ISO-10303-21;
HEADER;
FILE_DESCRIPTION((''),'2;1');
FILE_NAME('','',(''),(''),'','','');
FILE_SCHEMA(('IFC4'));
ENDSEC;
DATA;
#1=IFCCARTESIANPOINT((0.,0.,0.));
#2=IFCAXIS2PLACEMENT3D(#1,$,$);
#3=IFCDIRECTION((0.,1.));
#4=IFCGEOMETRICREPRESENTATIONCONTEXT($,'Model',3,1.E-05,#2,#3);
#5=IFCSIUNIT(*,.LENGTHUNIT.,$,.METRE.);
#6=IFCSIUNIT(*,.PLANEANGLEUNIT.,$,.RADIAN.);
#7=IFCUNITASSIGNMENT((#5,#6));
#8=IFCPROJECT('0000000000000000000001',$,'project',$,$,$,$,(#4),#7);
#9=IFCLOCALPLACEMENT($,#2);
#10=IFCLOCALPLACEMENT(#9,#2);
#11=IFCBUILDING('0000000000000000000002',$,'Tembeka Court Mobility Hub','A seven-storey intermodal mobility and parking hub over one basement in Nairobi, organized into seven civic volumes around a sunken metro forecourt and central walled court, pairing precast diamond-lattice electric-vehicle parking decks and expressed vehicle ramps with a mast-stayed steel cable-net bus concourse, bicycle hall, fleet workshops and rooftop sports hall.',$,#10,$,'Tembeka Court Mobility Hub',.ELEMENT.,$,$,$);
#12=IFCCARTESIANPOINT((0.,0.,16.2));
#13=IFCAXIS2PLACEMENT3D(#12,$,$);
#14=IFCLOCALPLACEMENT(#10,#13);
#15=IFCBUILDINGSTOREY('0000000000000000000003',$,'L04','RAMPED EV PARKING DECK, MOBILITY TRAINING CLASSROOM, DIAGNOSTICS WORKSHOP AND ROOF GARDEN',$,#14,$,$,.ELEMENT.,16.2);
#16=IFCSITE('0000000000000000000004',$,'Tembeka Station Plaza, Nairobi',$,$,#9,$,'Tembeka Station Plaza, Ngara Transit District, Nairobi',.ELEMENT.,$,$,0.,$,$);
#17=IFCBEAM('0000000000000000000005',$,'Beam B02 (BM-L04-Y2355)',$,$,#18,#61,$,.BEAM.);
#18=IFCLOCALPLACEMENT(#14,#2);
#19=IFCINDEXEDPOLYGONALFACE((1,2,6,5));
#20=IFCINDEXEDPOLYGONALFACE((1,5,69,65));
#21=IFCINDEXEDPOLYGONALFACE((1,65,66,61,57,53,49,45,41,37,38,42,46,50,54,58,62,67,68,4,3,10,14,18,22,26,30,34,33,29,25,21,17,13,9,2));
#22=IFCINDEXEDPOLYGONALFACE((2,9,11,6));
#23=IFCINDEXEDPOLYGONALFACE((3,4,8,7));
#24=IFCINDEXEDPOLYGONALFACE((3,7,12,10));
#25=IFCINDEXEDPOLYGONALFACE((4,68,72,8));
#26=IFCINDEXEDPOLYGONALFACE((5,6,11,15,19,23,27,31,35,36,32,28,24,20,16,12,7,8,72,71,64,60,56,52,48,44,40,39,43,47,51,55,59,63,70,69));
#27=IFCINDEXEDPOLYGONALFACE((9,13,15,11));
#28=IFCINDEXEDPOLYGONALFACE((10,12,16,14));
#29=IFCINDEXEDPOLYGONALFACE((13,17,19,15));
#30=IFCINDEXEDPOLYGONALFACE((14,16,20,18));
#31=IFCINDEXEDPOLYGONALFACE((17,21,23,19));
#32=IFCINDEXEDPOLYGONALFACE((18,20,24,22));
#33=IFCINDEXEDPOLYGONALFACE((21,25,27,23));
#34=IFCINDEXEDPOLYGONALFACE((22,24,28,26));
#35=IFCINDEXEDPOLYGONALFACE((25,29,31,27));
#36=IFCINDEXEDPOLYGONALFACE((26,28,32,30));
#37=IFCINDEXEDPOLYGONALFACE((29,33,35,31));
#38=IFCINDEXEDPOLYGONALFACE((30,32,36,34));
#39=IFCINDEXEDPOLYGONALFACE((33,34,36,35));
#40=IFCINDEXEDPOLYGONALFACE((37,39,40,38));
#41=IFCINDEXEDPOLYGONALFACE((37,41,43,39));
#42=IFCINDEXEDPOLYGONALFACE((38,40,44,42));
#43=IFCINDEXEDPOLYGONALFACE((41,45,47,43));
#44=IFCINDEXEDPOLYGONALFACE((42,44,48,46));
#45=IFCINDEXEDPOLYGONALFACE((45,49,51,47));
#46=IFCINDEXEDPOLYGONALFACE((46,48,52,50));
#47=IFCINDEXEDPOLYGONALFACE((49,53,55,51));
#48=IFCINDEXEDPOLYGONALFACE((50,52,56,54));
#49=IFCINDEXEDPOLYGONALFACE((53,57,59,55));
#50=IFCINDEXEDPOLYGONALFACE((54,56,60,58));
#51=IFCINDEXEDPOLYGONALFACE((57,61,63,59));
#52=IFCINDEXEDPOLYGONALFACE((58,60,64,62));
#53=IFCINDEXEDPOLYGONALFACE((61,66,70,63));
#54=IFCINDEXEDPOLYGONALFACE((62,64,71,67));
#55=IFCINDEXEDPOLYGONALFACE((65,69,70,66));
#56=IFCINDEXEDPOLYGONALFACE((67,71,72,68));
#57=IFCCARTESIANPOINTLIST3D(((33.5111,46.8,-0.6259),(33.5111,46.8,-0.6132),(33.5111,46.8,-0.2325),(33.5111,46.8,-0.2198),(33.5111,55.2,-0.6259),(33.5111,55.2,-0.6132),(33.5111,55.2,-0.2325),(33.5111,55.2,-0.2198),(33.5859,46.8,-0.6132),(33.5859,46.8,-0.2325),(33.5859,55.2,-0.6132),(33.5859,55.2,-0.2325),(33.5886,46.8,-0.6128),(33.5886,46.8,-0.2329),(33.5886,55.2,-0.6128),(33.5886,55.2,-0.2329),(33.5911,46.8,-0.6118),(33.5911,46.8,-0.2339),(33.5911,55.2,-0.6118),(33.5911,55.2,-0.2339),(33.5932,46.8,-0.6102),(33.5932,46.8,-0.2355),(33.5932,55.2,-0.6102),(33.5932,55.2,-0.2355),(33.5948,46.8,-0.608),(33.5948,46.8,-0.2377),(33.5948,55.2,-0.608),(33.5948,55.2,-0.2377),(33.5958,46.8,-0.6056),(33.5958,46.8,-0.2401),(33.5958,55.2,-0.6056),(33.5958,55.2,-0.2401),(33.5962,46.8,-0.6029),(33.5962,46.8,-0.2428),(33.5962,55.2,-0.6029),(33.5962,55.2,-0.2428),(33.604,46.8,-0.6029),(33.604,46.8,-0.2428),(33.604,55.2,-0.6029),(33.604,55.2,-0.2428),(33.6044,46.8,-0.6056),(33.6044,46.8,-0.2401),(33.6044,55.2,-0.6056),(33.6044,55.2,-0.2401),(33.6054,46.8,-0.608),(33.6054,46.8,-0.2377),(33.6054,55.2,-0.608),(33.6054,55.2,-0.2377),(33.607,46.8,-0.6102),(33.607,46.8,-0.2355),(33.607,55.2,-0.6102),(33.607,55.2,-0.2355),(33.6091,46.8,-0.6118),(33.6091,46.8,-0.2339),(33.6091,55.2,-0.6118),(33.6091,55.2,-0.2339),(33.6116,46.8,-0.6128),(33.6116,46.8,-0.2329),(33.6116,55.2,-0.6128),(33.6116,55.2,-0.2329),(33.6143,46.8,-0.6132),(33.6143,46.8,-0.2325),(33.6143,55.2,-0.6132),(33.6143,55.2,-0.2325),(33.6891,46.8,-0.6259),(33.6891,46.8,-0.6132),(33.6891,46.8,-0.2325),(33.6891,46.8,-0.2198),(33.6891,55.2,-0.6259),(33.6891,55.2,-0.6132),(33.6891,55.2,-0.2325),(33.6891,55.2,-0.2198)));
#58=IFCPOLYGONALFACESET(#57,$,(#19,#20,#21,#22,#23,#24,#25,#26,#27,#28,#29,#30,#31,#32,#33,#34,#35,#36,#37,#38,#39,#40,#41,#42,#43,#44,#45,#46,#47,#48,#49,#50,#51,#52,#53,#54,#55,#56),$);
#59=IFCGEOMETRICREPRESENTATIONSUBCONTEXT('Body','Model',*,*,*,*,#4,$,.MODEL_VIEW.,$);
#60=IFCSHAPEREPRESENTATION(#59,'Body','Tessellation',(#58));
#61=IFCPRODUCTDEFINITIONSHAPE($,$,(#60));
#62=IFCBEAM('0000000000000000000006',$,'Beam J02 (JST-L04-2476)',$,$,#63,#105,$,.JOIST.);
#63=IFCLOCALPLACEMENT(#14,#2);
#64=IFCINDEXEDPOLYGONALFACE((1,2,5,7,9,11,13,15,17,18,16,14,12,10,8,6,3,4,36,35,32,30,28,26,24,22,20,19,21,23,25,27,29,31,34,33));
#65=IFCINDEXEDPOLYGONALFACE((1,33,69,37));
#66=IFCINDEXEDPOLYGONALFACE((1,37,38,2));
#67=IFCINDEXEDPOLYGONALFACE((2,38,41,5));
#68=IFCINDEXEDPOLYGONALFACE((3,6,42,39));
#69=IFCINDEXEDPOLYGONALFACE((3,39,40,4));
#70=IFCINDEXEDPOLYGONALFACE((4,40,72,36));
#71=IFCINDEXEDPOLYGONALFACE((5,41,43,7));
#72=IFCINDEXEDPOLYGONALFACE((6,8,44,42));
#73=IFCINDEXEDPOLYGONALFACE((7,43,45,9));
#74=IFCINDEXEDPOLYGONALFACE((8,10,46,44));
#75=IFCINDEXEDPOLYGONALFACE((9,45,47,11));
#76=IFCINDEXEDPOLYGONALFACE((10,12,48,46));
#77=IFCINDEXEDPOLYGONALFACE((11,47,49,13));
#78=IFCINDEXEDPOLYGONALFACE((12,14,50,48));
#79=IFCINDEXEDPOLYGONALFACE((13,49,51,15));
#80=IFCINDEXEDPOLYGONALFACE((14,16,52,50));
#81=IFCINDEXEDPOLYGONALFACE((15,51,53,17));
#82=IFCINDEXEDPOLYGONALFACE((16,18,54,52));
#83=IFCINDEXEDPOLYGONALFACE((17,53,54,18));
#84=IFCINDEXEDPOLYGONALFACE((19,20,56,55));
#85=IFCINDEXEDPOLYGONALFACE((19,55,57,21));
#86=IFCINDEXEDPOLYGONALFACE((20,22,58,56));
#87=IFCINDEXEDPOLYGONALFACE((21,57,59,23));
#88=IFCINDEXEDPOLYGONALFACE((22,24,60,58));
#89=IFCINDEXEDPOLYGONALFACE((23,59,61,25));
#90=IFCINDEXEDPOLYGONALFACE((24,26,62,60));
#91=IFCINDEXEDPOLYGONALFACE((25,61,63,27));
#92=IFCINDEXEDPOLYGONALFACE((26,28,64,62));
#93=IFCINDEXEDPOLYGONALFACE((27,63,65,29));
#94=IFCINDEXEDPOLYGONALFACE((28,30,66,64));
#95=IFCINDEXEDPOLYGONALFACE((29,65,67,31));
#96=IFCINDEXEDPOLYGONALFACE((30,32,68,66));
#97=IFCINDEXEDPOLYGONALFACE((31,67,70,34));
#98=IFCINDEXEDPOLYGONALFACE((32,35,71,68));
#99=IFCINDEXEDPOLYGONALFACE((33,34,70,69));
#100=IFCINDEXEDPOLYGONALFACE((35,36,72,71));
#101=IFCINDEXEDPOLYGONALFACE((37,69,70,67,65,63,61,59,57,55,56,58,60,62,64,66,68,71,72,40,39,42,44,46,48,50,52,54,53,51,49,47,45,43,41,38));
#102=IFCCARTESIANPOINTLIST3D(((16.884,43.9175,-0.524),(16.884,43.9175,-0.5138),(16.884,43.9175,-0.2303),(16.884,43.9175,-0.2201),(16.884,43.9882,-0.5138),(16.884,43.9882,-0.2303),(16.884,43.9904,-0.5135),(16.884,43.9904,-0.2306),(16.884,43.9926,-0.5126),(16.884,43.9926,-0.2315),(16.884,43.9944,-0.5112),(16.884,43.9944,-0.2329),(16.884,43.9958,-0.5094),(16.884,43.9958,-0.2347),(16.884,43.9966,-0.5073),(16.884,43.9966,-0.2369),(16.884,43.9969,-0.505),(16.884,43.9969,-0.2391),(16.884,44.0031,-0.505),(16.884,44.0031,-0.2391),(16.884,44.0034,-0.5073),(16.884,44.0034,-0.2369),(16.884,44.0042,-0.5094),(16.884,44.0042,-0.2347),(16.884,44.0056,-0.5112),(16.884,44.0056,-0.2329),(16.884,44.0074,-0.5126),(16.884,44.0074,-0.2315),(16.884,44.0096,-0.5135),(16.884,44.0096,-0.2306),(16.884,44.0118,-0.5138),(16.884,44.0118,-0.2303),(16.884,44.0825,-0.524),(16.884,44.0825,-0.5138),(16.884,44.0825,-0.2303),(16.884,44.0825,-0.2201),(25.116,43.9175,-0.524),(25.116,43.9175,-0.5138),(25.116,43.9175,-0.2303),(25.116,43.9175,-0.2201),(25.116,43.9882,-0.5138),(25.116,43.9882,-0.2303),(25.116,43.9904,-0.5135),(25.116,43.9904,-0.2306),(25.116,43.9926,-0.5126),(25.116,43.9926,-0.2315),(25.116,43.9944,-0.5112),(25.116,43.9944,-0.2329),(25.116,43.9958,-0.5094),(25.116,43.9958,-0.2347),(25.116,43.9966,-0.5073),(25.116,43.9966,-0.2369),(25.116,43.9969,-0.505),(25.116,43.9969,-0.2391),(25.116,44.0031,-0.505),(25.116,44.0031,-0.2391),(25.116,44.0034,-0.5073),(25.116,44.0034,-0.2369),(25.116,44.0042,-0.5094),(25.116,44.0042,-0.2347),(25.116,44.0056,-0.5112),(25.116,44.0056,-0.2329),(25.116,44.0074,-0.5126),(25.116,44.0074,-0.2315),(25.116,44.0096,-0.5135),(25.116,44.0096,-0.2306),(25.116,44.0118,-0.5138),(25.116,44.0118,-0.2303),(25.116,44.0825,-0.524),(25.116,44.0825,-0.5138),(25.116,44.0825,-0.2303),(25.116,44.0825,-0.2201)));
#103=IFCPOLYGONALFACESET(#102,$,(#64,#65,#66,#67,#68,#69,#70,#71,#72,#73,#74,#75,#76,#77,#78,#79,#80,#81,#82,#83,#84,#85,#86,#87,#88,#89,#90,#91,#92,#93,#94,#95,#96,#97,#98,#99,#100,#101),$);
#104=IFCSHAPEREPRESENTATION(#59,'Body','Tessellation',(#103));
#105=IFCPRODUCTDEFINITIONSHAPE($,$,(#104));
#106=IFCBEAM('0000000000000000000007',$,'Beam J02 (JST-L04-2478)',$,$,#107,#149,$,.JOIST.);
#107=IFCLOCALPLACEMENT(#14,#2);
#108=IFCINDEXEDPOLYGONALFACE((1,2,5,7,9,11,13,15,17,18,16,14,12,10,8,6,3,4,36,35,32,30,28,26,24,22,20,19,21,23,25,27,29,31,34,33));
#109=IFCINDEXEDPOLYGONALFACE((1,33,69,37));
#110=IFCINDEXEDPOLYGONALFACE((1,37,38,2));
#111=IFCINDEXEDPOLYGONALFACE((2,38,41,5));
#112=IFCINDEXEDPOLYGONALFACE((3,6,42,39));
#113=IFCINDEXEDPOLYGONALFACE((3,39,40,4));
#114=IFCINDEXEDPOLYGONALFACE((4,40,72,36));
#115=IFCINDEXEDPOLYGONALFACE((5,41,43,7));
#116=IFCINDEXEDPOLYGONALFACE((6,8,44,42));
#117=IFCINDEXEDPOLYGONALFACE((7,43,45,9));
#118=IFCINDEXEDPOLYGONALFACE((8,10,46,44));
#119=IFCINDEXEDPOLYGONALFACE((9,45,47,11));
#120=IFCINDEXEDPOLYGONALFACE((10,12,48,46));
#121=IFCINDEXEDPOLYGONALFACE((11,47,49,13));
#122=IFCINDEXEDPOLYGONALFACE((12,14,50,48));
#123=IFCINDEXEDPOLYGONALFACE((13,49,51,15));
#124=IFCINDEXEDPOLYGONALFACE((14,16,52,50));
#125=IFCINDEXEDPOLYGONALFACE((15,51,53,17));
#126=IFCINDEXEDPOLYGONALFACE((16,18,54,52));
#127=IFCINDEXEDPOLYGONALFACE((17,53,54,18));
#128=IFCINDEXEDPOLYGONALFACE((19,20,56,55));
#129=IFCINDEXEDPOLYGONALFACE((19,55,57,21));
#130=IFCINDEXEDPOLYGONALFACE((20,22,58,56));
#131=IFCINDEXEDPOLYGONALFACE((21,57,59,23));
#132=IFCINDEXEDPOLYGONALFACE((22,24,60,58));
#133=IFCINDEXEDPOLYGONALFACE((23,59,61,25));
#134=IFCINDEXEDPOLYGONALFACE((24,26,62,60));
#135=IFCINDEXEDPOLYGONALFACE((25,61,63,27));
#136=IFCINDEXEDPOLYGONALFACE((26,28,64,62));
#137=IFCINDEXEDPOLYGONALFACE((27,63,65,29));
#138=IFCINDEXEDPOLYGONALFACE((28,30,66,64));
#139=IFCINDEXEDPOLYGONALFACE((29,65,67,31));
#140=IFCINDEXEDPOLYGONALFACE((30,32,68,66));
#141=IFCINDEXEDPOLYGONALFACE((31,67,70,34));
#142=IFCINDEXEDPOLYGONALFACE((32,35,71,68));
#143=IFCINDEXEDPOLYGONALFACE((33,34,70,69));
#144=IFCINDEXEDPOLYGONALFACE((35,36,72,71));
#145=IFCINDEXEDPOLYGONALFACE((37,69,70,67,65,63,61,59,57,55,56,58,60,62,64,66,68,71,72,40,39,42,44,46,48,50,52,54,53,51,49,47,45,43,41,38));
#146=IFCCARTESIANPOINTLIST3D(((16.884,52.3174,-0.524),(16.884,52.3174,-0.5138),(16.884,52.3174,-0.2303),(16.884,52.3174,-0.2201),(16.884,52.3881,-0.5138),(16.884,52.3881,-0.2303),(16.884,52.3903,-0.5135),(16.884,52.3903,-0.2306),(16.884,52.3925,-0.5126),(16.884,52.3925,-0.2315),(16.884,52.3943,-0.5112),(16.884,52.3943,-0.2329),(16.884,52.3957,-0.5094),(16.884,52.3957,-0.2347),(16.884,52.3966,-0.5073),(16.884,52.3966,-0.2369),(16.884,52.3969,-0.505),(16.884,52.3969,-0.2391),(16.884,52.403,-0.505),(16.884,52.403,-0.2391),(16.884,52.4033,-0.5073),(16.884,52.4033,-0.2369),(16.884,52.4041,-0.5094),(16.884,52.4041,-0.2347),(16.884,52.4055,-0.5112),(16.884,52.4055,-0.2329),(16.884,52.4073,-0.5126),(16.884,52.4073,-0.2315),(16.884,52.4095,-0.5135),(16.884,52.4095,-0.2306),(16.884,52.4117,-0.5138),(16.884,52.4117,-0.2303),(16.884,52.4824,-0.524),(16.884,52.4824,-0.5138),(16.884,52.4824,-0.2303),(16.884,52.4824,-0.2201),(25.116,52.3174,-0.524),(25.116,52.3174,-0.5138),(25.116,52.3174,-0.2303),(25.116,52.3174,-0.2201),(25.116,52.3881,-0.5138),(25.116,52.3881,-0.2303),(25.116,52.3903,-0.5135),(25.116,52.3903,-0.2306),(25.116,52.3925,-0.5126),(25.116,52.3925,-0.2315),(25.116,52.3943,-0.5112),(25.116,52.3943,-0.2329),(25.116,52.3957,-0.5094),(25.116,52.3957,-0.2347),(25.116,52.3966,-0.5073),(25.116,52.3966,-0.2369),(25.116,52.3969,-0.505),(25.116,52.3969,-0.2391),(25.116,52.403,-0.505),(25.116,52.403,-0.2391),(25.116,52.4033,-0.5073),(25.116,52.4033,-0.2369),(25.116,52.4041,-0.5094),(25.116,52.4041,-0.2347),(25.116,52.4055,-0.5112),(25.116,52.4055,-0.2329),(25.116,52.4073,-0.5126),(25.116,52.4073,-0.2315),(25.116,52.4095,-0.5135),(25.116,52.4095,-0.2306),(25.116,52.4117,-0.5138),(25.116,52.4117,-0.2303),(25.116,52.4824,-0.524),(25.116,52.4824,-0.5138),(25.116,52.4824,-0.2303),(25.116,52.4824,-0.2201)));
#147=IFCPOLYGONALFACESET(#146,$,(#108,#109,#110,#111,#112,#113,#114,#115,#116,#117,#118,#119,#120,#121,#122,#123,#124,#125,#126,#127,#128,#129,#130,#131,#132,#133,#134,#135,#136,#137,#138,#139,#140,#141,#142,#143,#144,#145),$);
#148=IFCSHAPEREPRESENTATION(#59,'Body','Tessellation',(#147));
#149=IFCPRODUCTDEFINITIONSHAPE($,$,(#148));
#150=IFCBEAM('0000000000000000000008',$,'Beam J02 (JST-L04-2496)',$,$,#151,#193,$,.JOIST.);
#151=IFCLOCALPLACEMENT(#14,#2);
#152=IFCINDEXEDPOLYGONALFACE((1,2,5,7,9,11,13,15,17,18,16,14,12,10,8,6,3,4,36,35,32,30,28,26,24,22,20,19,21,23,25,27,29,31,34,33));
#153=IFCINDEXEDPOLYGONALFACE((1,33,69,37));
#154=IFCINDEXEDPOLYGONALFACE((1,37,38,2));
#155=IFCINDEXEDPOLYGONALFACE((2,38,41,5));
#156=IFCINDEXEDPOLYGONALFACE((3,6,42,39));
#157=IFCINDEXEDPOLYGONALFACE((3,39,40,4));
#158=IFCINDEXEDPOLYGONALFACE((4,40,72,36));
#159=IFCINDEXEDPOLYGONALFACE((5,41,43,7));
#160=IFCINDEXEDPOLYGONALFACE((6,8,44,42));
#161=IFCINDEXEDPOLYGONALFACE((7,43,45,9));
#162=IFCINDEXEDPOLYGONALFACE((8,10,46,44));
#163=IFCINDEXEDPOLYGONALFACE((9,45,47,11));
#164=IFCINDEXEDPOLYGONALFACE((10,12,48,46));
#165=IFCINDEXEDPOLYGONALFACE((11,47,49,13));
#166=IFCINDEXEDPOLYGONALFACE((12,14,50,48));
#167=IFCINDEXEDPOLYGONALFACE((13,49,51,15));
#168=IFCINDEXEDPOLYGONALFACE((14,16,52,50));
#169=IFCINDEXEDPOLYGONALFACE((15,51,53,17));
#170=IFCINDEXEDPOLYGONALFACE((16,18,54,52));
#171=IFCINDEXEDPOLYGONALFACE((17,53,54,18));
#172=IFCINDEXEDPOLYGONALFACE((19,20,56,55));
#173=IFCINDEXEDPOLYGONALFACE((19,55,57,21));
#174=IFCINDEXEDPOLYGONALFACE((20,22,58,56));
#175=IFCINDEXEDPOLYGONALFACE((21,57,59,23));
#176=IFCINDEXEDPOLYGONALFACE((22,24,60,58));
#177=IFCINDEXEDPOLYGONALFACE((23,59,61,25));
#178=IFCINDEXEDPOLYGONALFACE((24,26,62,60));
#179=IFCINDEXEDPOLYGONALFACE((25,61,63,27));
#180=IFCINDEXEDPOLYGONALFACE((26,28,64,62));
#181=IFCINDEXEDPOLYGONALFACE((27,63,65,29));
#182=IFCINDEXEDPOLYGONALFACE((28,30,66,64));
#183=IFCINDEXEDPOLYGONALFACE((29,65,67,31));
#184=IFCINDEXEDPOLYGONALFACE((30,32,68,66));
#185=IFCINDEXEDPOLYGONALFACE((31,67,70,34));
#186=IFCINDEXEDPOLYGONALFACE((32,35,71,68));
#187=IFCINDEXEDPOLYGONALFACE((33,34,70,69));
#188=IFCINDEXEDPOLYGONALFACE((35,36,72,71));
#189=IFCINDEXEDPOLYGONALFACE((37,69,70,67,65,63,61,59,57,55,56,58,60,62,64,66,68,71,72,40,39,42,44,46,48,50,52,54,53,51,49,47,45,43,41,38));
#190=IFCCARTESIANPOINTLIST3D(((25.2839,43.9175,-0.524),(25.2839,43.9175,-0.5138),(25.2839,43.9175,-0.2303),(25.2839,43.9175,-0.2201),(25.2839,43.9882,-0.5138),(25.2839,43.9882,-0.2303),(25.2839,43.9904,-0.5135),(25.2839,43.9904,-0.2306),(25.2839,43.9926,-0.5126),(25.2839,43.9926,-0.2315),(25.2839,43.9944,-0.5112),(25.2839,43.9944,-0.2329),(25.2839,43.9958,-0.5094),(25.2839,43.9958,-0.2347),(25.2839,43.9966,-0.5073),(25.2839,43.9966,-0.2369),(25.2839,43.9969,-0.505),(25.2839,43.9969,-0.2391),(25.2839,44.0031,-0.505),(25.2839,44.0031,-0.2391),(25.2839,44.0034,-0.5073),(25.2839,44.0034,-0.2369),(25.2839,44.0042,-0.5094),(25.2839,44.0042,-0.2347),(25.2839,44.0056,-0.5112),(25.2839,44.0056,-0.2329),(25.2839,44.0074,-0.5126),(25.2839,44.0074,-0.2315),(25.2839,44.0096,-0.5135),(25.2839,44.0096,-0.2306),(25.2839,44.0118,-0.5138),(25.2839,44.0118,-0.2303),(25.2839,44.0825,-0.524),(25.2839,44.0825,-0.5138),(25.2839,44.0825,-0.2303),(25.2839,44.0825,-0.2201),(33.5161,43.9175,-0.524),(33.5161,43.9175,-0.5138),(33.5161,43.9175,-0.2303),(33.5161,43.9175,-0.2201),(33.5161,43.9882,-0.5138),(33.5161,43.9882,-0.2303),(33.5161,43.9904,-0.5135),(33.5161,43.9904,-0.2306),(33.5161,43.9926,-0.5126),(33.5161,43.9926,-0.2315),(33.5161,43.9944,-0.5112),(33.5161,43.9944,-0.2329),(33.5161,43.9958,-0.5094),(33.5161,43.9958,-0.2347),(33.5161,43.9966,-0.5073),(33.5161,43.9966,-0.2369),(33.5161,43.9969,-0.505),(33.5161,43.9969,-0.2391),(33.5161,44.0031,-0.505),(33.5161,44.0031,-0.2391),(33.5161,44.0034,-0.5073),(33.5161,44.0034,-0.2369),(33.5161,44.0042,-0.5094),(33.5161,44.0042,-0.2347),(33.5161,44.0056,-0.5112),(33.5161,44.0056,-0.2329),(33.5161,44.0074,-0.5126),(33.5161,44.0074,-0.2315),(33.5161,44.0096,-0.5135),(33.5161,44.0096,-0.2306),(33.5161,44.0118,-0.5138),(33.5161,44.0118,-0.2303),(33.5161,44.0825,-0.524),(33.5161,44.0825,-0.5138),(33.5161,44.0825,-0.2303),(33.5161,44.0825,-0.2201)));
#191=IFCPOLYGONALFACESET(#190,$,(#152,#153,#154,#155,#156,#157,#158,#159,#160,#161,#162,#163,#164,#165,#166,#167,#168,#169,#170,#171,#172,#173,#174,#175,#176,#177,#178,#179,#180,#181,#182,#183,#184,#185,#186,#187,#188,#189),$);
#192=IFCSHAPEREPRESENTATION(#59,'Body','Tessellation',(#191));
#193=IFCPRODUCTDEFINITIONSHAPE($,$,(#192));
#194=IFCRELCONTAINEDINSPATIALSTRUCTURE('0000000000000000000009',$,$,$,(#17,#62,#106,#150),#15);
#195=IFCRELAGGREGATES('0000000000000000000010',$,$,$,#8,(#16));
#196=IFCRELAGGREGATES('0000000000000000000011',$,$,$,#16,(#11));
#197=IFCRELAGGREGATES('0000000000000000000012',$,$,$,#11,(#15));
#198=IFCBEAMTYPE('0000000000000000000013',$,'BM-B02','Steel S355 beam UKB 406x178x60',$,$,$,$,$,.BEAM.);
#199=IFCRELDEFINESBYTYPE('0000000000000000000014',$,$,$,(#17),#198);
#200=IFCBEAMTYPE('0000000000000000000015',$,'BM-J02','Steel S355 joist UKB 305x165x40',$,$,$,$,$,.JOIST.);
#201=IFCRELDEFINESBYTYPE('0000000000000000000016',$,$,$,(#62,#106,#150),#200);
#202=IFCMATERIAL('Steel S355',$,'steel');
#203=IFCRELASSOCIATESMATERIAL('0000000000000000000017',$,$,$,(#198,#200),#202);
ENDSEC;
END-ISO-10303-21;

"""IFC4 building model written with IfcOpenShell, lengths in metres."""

from ifc_helpers import new_model, si_unit, direction, frame, origin, origin_2d, place, context, subcontext, project, spatial, i_section, extrude, material, material_profile, profile_set, type_object, element, save


model = new_model("IFC4")

# Units and contexts
model_context = context("Model", 3, precision=1e-05, world=origin(), true_north=direction((0.0, 1.0)))
body_context = subcontext(model_context, "Body", "Model", "MODEL_VIEW")
ifc_project = project(units=[si_unit("LENGTHUNIT", "METRE"), si_unit("PLANEANGLEUNIT", "RADIAN")], contexts=[model_context])

# Site, building, storey
site_placement = place(None, origin())
site = spatial("IfcSite", under=ifc_project, at=site_placement, Name="Tembeka Station Plaza, Nairobi", LongName="Tembeka Station Plaza, Ngara Transit District, Nairobi", CompositionType="ELEMENT", RefElevation=0.0)
building_placement = place(site_placement, origin())
building = spatial("IfcBuilding", under=site, at=building_placement, Name="Tembeka Court Mobility Hub", Description="A seven-storey intermodal mobility and parking hub over one basement in Nairobi, organized into seven civic volumes around a sunken metro forecourt and central walled court, pairing precast diamond-lattice electric-vehicle parking decks and expressed vehicle ramps with a mast-stayed steel cable-net bus concourse, bicycle hall, fleet workshops and rooftop sports hall.", LongName="Tembeka Court Mobility Hub", CompositionType="ELEMENT")
storey_placement = place(building_placement, frame((0.0, 0.0, 16.2)))
storey = spatial("IfcBuildingStorey", under=building, at=storey_placement, Name="L04", Description="RAMPED EV PARKING DECK, MOBILITY TRAINING CLASSROOM, DIAGNOSTICS WORKSHOP AND ROOF GARDEN", CompositionType="ELEMENT", Elevation=16.2)

# Shared definitions
ifc_material_1 = material(Name="Steel S355", Category="steel")

# Beams
ifc_material_profile_1 = material_profile(ifc_material_1, i_section(OverallWidth=0.178, OverallDepth=0.406, WebThickness=0.0078, FlangeThickness=0.0127, FilletRadius=0.0103, at=origin_2d()), Name="UKB 406x178x60")
ifc_profile_set_1 = profile_set([ifc_material_profile_1], Name="Steel S355")
beam_type_1 = type_object("IfcBeamType", Name="BM-B02", Description="Steel S355 beam UKB 406x178x60", PredefinedType="BEAM", material=ifc_profile_set_1)
beam_1_placement = place(storey_placement, frame((33.6001, 46.8, -0.4229), z_axis=(0.0, 1.0, 0.0), x_axis=(-1.0, 0.0, 0.0)))
element("IfcBeam", 1, at=beam_1_placement, inside=storey, type_object=beam_type_1, Name="Beam B02 (BM-L04-Y2355)", PredefinedType="BEAM", context=body_context, shape_type="SweptSolid", body=[
    extrude(i_section(OverallWidth=0.178, OverallDepth=0.406, WebThickness=0.0078, FlangeThickness=0.0127, FilletRadius=0.0103, at=origin_2d()), origin(), (0.0, 0.0, 1.0), 8.3999),
])
ifc_material_profile_2 = material_profile(ifc_material_1, i_section(OverallWidth=0.165, OverallDepth=0.304, WebThickness=0.0061, FlangeThickness=0.0103, FilletRadius=0.0088, at=origin_2d()), Name="UKB 305x165x40")
ifc_profile_set_2 = profile_set([ifc_material_profile_2], Name="Steel S355")
beam_type_2 = type_object("IfcBeamType", Name="BM-J02", Description="Steel S355 joist UKB 305x165x40", PredefinedType="JOIST", material=ifc_profile_set_2)
for number, where, z_axis, x_axis, name in (
    (2, (16.884, 44.0, -0.3721), (1.0, 0.0, 0.0), (0.0, 1.0, 0.0), "Beam J02 (JST-L04-2476)"),
    (3, (16.884, 52.3999, -0.3721), (1.0, 0.0, 0.0), (0.0, 1.0, 0.0), "Beam J02 (JST-L04-2478)"),
):
    element("IfcBeam", number, at=place(storey_placement, frame(where, z_axis=z_axis, x_axis=x_axis)), inside=storey, type_object=beam_type_2, Name=name, PredefinedType="JOIST", context=body_context, shape_type="SweptSolid", body=[
        extrude(i_section(OverallWidth=0.165, OverallDepth=0.304, WebThickness=0.0061, FlangeThickness=0.0103, FilletRadius=0.0088, at=origin_2d()), origin(), (0.0, 0.0, 1.0), 8.2319),
    ])
for number, where, z_axis, x_axis, name in (
    (4, (25.2839, 44.0, -0.3721), (1.0, 0.0, 0.0), (0.0, 1.0, 0.0), "Beam J02 (JST-L04-2496)"),
):
    element("IfcBeam", number, at=place(storey_placement, frame(where, z_axis=z_axis, x_axis=x_axis)), inside=storey, type_object=beam_type_2, Name=name, PredefinedType="JOIST", context=body_context, shape_type="SweptSolid", body=[
        extrude(i_section(OverallWidth=0.165, OverallDepth=0.304, WebThickness=0.0061, FlangeThickness=0.0103, FilletRadius=0.0088, at=origin_2d()), origin(), (0.0, 0.0, 1.0), 8.2322),
    ])

save(model, "model.ifc")
